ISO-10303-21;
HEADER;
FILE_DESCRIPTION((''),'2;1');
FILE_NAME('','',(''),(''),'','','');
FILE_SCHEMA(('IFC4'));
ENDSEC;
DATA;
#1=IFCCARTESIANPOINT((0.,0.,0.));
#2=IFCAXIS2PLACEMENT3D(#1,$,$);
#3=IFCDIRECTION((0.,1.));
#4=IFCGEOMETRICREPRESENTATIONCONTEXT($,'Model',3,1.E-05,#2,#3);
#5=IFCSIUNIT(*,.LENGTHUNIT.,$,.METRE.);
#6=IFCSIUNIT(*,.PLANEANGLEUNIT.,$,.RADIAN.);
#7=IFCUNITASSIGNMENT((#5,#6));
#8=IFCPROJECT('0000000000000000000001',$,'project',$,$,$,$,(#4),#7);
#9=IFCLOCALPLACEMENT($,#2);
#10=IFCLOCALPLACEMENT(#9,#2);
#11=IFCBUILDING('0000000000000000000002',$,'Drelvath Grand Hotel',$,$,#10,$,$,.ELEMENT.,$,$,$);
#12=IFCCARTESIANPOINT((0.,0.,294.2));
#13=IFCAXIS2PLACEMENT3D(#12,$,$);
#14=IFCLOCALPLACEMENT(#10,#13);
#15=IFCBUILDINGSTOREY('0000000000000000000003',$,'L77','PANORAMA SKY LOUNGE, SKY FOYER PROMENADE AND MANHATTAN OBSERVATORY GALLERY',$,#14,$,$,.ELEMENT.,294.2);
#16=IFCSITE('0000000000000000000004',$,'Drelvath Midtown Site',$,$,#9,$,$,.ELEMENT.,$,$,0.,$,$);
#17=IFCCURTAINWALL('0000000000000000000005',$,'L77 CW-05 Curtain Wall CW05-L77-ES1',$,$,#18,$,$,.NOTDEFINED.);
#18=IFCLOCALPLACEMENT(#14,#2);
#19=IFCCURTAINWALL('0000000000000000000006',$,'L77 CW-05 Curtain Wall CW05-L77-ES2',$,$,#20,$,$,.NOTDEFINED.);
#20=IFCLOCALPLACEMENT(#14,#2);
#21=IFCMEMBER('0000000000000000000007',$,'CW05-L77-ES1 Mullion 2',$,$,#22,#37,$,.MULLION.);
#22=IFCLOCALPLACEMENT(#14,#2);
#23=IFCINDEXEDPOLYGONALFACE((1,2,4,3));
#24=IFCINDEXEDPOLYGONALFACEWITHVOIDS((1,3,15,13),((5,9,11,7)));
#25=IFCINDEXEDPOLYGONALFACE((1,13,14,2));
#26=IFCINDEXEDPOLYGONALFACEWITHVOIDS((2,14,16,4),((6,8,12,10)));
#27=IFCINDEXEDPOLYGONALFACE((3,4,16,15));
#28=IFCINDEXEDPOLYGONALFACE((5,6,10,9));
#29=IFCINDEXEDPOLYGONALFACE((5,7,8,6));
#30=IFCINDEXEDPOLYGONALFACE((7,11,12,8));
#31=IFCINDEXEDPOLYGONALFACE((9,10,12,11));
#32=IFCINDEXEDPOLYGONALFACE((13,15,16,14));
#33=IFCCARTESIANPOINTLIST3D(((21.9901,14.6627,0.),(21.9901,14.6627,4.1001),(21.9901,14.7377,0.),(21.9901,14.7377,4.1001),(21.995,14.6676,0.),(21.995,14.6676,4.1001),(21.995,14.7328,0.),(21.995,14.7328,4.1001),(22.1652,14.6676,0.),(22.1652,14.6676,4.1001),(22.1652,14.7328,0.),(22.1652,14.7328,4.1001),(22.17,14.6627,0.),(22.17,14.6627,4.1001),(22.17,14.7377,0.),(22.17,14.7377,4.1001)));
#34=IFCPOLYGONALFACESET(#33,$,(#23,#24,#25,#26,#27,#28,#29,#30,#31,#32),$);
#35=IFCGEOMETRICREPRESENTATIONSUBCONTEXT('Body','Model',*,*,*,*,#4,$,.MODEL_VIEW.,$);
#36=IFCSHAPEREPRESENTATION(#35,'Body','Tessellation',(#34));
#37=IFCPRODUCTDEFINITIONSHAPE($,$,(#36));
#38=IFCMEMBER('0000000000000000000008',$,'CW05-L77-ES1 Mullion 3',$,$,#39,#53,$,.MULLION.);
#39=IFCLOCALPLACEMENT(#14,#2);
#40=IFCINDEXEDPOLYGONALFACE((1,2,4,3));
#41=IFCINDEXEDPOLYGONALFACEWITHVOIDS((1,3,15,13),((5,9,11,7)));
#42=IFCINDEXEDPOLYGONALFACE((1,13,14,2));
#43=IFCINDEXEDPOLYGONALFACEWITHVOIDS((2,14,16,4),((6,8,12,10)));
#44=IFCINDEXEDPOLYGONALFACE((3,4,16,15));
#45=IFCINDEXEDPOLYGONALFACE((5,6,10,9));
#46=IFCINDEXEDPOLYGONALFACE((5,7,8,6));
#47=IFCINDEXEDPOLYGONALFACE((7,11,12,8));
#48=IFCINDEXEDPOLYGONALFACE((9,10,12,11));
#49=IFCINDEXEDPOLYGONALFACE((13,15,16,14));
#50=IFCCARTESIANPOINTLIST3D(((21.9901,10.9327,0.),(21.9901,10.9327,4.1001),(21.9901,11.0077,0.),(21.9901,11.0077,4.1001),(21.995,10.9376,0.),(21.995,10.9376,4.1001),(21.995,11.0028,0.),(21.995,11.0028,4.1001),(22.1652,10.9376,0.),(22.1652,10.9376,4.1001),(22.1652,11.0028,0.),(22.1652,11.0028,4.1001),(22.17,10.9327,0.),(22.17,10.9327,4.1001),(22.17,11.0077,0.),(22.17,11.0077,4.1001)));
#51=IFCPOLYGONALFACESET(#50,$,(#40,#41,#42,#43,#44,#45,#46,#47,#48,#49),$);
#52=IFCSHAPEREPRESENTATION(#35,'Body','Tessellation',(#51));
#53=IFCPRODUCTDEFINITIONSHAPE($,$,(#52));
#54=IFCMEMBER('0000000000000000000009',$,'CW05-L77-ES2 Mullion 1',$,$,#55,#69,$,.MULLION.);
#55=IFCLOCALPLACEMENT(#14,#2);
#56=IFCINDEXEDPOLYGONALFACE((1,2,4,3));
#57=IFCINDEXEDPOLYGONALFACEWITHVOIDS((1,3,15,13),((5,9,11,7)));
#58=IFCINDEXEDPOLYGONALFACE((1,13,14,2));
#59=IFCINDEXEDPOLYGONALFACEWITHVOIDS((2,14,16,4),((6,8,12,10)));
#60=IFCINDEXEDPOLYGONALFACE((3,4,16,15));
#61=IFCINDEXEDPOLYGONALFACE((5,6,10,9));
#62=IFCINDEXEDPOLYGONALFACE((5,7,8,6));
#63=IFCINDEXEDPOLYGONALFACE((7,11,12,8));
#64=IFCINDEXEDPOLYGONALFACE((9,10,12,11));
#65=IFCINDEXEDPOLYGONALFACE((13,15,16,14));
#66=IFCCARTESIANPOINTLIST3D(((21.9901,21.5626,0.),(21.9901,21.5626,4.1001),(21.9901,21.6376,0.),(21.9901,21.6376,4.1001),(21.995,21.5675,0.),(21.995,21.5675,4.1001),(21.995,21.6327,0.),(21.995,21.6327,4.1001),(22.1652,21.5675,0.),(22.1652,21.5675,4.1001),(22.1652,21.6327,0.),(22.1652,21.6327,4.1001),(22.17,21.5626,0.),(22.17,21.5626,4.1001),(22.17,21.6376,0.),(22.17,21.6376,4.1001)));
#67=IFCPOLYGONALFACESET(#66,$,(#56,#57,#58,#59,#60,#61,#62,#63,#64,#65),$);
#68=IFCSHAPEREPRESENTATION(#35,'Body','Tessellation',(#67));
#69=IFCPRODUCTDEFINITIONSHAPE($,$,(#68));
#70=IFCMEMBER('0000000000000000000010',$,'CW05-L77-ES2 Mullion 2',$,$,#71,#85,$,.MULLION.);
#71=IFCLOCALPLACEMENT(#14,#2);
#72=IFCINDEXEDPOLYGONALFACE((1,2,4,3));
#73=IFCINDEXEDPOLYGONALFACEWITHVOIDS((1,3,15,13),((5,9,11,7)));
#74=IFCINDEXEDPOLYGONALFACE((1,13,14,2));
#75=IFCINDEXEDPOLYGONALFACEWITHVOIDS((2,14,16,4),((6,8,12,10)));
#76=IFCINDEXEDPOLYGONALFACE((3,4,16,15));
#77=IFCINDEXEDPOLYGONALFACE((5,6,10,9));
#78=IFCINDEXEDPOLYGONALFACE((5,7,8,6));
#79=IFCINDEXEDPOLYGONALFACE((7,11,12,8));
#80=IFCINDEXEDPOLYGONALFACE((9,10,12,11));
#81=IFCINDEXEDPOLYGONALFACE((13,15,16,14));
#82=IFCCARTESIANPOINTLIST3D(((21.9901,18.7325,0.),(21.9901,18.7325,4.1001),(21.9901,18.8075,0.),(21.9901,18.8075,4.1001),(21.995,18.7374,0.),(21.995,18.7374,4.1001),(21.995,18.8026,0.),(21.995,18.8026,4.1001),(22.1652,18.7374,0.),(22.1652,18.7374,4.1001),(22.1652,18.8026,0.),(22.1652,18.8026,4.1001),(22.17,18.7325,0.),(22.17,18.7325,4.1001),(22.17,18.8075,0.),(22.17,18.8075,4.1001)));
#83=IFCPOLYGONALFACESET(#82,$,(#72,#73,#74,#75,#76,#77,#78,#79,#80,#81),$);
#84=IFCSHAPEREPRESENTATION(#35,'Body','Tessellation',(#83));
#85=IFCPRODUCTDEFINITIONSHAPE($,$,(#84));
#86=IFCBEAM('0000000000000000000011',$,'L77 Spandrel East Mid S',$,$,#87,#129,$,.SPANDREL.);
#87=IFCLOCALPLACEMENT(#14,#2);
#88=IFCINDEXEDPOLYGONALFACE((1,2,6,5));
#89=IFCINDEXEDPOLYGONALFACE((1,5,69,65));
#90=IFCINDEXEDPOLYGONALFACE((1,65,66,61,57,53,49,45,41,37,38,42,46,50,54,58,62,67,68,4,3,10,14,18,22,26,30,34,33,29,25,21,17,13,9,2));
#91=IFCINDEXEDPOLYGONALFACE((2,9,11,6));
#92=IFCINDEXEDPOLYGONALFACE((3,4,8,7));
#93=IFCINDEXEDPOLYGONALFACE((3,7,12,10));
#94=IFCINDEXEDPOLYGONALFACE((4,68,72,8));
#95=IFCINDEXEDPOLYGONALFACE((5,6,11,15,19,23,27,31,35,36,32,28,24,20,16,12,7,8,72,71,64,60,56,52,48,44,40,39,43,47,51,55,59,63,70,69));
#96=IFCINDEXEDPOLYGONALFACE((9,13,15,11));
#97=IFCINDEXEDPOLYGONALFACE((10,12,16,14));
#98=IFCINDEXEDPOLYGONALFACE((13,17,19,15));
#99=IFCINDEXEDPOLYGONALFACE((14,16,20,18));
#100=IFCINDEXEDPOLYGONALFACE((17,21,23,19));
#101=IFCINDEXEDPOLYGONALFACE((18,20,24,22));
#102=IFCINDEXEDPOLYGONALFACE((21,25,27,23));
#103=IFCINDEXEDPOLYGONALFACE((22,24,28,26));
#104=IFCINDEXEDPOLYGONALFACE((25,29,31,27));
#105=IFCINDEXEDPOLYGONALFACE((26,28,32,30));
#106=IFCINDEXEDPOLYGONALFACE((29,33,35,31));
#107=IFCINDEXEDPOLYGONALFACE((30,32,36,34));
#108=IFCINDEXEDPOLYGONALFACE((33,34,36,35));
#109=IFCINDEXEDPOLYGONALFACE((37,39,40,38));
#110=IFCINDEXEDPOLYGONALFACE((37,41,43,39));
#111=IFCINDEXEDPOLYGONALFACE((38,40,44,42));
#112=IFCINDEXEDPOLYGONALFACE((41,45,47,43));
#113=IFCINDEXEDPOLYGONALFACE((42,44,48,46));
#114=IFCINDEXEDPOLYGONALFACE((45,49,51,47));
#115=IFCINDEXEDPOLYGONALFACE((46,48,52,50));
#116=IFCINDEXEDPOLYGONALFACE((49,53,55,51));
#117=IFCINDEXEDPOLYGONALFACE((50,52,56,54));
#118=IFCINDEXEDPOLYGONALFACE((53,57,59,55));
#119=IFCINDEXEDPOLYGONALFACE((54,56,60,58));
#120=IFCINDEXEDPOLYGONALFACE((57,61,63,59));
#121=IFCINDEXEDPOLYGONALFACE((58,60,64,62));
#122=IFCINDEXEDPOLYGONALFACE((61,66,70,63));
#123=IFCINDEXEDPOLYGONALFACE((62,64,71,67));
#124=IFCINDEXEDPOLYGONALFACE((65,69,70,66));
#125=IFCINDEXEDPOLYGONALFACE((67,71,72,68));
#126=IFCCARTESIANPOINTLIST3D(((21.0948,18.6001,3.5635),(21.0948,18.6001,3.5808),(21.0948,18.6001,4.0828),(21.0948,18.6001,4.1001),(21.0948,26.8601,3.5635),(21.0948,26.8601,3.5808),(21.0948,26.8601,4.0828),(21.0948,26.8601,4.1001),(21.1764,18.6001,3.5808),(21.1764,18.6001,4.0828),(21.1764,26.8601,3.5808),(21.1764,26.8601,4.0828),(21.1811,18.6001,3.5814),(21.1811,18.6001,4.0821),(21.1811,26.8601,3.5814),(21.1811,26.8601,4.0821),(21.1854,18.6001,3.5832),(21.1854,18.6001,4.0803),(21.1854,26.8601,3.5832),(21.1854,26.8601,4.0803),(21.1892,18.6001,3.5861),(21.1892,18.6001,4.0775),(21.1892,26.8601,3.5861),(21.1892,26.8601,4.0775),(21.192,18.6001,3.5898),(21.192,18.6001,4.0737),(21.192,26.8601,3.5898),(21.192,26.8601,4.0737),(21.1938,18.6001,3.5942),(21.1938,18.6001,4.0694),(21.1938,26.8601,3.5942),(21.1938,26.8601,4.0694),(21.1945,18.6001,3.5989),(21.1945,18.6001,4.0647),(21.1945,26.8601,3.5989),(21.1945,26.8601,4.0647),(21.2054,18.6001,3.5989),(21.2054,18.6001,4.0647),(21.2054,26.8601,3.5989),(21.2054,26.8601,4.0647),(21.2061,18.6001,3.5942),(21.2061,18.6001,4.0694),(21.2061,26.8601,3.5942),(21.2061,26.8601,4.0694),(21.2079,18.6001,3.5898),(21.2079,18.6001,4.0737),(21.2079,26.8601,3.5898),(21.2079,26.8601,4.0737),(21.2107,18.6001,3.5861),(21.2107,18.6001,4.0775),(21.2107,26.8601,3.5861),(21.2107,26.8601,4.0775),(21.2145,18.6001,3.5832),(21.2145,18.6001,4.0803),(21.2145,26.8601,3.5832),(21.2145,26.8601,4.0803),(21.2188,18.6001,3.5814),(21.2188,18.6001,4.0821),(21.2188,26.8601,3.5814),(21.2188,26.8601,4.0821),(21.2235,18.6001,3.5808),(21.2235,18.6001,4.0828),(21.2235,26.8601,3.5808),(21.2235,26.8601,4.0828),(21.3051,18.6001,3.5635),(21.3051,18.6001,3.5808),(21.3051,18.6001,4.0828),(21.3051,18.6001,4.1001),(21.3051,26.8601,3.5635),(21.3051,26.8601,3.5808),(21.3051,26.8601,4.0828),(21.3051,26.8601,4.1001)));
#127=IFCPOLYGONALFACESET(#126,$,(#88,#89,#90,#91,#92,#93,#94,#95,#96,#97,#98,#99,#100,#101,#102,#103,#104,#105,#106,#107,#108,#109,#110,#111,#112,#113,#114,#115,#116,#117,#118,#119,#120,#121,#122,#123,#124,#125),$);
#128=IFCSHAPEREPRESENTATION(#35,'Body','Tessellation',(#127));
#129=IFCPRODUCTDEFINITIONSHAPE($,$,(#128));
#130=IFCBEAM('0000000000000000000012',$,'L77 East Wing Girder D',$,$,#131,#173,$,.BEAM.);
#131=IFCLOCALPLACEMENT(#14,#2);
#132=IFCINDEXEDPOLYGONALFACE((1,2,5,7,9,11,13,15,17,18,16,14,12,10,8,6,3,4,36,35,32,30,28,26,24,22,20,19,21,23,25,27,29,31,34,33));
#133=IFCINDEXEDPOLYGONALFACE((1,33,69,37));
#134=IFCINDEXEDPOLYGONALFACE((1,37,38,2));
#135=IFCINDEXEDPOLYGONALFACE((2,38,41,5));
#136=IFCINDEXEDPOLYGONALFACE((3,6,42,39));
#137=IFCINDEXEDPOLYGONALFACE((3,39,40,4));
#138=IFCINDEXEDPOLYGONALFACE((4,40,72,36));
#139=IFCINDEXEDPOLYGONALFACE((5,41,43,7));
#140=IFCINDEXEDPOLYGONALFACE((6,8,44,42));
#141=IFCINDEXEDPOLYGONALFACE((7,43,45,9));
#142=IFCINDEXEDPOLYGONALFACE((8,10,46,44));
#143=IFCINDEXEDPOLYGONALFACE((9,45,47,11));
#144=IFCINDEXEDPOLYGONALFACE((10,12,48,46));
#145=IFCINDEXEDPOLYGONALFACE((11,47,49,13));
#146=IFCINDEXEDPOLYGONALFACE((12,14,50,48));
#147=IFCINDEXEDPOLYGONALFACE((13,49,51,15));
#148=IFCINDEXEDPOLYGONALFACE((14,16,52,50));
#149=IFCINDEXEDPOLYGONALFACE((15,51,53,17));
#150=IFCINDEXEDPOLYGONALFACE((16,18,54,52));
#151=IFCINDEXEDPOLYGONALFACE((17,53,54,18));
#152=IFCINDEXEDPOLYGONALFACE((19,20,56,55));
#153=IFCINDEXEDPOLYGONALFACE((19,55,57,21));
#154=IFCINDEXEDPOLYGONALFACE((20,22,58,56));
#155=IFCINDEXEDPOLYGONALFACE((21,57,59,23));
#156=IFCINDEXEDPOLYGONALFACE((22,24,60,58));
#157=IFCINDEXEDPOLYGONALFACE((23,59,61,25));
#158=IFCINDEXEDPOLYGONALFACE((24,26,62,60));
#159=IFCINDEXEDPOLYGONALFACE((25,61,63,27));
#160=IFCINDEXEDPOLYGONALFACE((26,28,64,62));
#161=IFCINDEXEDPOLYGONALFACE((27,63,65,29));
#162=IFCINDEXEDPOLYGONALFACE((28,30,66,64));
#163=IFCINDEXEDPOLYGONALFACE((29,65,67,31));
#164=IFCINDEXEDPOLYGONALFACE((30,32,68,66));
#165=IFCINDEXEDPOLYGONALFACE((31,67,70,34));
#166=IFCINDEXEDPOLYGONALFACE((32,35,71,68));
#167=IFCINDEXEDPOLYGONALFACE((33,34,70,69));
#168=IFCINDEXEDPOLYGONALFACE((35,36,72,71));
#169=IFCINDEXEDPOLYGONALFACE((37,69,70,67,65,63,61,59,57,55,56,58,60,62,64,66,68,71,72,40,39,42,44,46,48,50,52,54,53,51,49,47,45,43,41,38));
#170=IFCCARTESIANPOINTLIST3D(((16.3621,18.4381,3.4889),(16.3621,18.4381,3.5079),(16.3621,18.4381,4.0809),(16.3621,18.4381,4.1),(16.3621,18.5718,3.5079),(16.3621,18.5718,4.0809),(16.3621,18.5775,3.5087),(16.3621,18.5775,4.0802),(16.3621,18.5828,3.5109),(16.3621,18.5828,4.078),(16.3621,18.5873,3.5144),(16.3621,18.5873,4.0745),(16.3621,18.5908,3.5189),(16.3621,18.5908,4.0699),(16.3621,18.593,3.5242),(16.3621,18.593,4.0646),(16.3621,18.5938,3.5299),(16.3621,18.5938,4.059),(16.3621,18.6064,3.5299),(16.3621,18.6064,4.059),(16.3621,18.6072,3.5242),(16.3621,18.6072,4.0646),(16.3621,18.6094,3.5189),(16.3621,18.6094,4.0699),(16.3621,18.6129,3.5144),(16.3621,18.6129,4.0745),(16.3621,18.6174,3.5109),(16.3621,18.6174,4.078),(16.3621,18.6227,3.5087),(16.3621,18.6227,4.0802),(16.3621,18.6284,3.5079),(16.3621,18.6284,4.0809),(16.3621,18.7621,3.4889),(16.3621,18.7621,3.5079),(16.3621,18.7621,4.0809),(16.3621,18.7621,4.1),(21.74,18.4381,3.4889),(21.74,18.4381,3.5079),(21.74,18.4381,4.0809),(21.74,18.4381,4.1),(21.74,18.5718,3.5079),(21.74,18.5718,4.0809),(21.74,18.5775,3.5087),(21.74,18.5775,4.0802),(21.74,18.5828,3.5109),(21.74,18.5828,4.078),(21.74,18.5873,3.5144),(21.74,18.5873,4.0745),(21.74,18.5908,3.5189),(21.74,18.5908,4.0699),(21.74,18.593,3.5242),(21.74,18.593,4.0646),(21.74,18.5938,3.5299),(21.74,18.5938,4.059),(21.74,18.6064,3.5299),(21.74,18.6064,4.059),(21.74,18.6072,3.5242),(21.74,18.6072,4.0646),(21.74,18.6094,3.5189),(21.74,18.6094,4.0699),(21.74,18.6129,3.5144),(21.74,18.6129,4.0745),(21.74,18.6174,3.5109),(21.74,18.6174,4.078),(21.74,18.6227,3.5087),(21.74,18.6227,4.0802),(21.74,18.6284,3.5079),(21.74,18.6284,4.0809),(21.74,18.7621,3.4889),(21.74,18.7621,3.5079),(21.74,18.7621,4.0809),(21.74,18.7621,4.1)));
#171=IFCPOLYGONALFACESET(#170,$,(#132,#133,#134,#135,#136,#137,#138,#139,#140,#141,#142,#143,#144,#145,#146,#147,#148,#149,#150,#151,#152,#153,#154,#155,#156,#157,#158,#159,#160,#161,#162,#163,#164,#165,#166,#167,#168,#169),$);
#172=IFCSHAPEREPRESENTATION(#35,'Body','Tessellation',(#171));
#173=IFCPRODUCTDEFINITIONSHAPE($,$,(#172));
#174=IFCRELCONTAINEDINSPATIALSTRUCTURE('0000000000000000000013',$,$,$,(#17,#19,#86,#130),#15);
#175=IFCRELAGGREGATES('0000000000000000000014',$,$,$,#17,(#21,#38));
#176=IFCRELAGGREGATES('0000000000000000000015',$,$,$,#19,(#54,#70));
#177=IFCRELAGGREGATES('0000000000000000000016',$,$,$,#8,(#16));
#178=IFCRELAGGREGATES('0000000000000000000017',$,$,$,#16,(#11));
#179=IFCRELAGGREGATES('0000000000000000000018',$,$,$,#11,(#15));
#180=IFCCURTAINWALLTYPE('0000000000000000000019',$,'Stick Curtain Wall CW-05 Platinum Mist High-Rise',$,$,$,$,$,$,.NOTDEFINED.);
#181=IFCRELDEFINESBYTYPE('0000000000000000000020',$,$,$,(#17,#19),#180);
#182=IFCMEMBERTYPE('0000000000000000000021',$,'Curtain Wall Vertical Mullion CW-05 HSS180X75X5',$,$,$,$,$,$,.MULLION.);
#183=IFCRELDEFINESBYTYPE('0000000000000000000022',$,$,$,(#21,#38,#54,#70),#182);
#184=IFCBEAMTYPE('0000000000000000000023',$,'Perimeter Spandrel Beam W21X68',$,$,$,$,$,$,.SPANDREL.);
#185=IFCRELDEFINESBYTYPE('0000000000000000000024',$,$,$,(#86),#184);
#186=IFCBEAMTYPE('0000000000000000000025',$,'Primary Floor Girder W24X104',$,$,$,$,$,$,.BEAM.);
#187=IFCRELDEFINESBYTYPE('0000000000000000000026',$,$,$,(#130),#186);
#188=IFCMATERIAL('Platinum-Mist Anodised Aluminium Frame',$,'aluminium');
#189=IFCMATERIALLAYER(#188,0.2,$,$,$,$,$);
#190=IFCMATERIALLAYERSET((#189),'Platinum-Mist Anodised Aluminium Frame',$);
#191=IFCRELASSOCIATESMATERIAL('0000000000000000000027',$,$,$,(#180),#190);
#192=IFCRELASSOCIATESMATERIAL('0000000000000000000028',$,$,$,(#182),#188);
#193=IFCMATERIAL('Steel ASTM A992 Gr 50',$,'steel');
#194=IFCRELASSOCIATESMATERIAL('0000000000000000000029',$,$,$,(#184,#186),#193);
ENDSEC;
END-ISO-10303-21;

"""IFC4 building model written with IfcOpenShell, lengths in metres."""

from ifc_helpers import new_model, si_unit, direction, frame, origin, origin_2d, place, context, subcontext, project, spatial, hollow_rectangle, i_section, extrude, material, layer, layer_set, material_profile, profile_set, type_object, element, aggregate, save


model = new_model("IFC4")

# Units and contexts
model_context = context("Model", 3, precision=1e-05, world=origin(), true_north=direction((0.0, 1.0)))
body_context = subcontext(model_context, "Body", "Model", "MODEL_VIEW")
ifc_project = project(units=[si_unit("LENGTHUNIT", "METRE"), si_unit("PLANEANGLEUNIT", "RADIAN")], contexts=[model_context])

# Site, building, storey
site_placement = place(None, origin())
site = spatial("IfcSite", under=ifc_project, at=site_placement, Name="Drelvath Midtown Site", CompositionType="ELEMENT", RefElevation=0.0)
building_placement = place(site_placement, origin())
building = spatial("IfcBuilding", under=site, at=building_placement, Name="Drelvath Grand Hotel", CompositionType="ELEMENT")
storey_placement = place(building_placement, frame((0.0, 0.0, 294.2)))
storey = spatial("IfcBuildingStorey", under=building, at=storey_placement, Name="L77", Description="PANORAMA SKY LOUNGE, SKY FOYER PROMENADE AND MANHATTAN OBSERVATORY GALLERY", CompositionType="ELEMENT", Elevation=294.2)

# Curtain walls
ifc_material_1 = material(Name="Platinum-Mist Anodised Aluminium Frame", Category="aluminium")
ifc_layer_1 = layer(ifc_material_1, 0.2)
ifc_layer_set_1 = layer_set([ifc_layer_1], Name="Platinum-Mist Anodised Aluminium Frame")
curtain_wall_type = type_object("IfcCurtainWallType", Name="Stick Curtain Wall CW-05 Platinum Mist High-Rise", PredefinedType="NOTDEFINED", material=ifc_layer_set_1)
curtain_wall_1_placement = place(storey_placement, origin())
curtain_wall_1 = element("IfcCurtainWall", 1, at=curtain_wall_1_placement, inside=storey, type_object=curtain_wall_type, Name="L77 CW-05 Curtain Wall CW05-L77-ES1", PredefinedType="NOTDEFINED")
curtain_wall_2_placement = place(storey_placement, origin())
curtain_wall_2 = element("IfcCurtainWall", 2, at=curtain_wall_2_placement, inside=storey, type_object=curtain_wall_type, Name="L77 CW-05 Curtain Wall CW05-L77-ES2", PredefinedType="NOTDEFINED")

# Members
ifc_material_profile_1 = material_profile(ifc_material_1, hollow_rectangle(XDim=0.075, YDim=0.1799, WallThickness=0.0049, at=origin_2d()), Name="HSS180X75X5")
ifc_profile_set_1 = profile_set([ifc_material_profile_1], Name="Platinum-Mist Anodised Aluminium Frame")
member_type_1 = type_object("IfcMemberType", Name="Curtain Wall Vertical Mullion CW-05 HSS180X75X5", PredefinedType="MULLION", material=ifc_profile_set_1)
member_1_placement = place(storey_placement, frame((22.0801, 14.7002, 0.0), z_axis=(0.0, 0.0, 1.0), x_axis=(0.0, 1.0, 0.0)))
member_1 = element("IfcMember", 3, at=member_1_placement, type_object=member_type_1, Name="CW05-L77-ES1 Mullion 2", PredefinedType="MULLION", context=body_context, shape_type="SweptSolid", body=[
    extrude(hollow_rectangle(XDim=0.075, YDim=0.1799, WallThickness=0.0049, at=origin_2d()), origin(), (0.0, 0.0, 1.0), 4.1001),
])
member_2_placement = place(storey_placement, frame((22.0801, 10.9702, 0.0), z_axis=(0.0, 0.0, 1.0), x_axis=(0.0, 1.0, 0.0)))
member_2 = element("IfcMember", 4, at=member_2_placement, type_object=member_type_1, Name="CW05-L77-ES1 Mullion 3", PredefinedType="MULLION", context=body_context, shape_type="SweptSolid", body=[
    extrude(hollow_rectangle(XDim=0.075, YDim=0.1799, WallThickness=0.0049, at=origin_2d()), origin(), (0.0, 0.0, 1.0), 4.1001),
])
member_3_placement = place(storey_placement, frame((22.0801, 21.6001, 0.0), z_axis=(0.0, 0.0, 1.0), x_axis=(0.0, 1.0, 0.0)))
member_3 = element("IfcMember", 5, at=member_3_placement, type_object=member_type_1, Name="CW05-L77-ES2 Mullion 1", PredefinedType="MULLION", context=body_context, shape_type="SweptSolid", body=[
    extrude(hollow_rectangle(XDim=0.075, YDim=0.1799, WallThickness=0.0049, at=origin_2d()), origin(), (0.0, 0.0, 1.0), 4.1001),
])
member_4_placement = place(storey_placement, frame((22.0801, 18.77, 0.0), z_axis=(0.0, 0.0, 1.0), x_axis=(0.0, 1.0, 0.0)))
member_4 = element("IfcMember", 6, at=member_4_placement, type_object=member_type_1, Name="CW05-L77-ES2 Mullion 2", PredefinedType="MULLION", context=body_context, shape_type="SweptSolid", body=[
    extrude(hollow_rectangle(XDim=0.075, YDim=0.1799, WallThickness=0.0049, at=origin_2d()), origin(), (0.0, 0.0, 1.0), 4.1001),
])

# Beams
ifc_material_2 = material(Name="Steel ASTM A992 Gr 50", Category="steel")
ifc_material_profile_2 = material_profile(ifc_material_2, i_section(OverallWidth=0.2102, OverallDepth=0.5366, WebThickness=0.011, FlangeThickness=0.0173, FilletRadius=0.0181, at=origin_2d()), Name="W21X68")
ifc_profile_set_2 = profile_set([ifc_material_profile_2], Name="Steel ASTM A992 Gr 50")
beam_type_1 = type_object("IfcBeamType", Name="Perimeter Spandrel Beam W21X68", PredefinedType="SPANDREL", material=ifc_profile_set_2)
beam_1_placement = place(storey_placement, frame((21.2, 18.6001, 3.8318), z_axis=(0.0, 1.0, 0.0), x_axis=(-1.0, 0.0, 0.0)))
element("IfcBeam", 7, at=beam_1_placement, inside=storey, type_object=beam_type_1, Name="L77 Spandrel East Mid S", PredefinedType="SPANDREL", context=body_context, shape_type="SweptSolid", body=[
    extrude(i_section(OverallWidth=0.2102, OverallDepth=0.5366, WebThickness=0.011, FlangeThickness=0.0173, FilletRadius=0.0181, at=origin_2d()), origin(), (0.0, 0.0, 1.0), 8.26),
])
ifc_material_profile_3 = material_profile(ifc_material_2, i_section(OverallWidth=0.324, OverallDepth=0.6111, WebThickness=0.0127, FlangeThickness=0.019, FilletRadius=0.022, at=origin_2d()), Name="W24X104")
ifc_profile_set_3 = profile_set([ifc_material_profile_3], Name="Steel ASTM A992 Gr 50")
beam_type_2 = type_object("IfcBeamType", Name="Primary Floor Girder W24X104", PredefinedType="BEAM", material=ifc_profile_set_3)
beam_2_placement = place(storey_placement, frame((16.3621, 18.6001, 3.7944), z_axis=(1.0, 0.0, 0.0), x_axis=(0.0, 1.0, 0.0)))
element("IfcBeam", 8, at=beam_2_placement, inside=storey, type_object=beam_type_2, Name="L77 East Wing Girder D", PredefinedType="BEAM", context=body_context, shape_type="SweptSolid", body=[
    extrude(i_section(OverallWidth=0.324, OverallDepth=0.6111, WebThickness=0.0127, FlangeThickness=0.019, FilletRadius=0.022, at=origin_2d()), origin(), (0.0, 0.0, 1.0), 5.3779),
])

aggregate(curtain_wall_1, [member_1, member_2])
aggregate(curtain_wall_2, [member_3, member_4])

save(model, "model.ifc")
